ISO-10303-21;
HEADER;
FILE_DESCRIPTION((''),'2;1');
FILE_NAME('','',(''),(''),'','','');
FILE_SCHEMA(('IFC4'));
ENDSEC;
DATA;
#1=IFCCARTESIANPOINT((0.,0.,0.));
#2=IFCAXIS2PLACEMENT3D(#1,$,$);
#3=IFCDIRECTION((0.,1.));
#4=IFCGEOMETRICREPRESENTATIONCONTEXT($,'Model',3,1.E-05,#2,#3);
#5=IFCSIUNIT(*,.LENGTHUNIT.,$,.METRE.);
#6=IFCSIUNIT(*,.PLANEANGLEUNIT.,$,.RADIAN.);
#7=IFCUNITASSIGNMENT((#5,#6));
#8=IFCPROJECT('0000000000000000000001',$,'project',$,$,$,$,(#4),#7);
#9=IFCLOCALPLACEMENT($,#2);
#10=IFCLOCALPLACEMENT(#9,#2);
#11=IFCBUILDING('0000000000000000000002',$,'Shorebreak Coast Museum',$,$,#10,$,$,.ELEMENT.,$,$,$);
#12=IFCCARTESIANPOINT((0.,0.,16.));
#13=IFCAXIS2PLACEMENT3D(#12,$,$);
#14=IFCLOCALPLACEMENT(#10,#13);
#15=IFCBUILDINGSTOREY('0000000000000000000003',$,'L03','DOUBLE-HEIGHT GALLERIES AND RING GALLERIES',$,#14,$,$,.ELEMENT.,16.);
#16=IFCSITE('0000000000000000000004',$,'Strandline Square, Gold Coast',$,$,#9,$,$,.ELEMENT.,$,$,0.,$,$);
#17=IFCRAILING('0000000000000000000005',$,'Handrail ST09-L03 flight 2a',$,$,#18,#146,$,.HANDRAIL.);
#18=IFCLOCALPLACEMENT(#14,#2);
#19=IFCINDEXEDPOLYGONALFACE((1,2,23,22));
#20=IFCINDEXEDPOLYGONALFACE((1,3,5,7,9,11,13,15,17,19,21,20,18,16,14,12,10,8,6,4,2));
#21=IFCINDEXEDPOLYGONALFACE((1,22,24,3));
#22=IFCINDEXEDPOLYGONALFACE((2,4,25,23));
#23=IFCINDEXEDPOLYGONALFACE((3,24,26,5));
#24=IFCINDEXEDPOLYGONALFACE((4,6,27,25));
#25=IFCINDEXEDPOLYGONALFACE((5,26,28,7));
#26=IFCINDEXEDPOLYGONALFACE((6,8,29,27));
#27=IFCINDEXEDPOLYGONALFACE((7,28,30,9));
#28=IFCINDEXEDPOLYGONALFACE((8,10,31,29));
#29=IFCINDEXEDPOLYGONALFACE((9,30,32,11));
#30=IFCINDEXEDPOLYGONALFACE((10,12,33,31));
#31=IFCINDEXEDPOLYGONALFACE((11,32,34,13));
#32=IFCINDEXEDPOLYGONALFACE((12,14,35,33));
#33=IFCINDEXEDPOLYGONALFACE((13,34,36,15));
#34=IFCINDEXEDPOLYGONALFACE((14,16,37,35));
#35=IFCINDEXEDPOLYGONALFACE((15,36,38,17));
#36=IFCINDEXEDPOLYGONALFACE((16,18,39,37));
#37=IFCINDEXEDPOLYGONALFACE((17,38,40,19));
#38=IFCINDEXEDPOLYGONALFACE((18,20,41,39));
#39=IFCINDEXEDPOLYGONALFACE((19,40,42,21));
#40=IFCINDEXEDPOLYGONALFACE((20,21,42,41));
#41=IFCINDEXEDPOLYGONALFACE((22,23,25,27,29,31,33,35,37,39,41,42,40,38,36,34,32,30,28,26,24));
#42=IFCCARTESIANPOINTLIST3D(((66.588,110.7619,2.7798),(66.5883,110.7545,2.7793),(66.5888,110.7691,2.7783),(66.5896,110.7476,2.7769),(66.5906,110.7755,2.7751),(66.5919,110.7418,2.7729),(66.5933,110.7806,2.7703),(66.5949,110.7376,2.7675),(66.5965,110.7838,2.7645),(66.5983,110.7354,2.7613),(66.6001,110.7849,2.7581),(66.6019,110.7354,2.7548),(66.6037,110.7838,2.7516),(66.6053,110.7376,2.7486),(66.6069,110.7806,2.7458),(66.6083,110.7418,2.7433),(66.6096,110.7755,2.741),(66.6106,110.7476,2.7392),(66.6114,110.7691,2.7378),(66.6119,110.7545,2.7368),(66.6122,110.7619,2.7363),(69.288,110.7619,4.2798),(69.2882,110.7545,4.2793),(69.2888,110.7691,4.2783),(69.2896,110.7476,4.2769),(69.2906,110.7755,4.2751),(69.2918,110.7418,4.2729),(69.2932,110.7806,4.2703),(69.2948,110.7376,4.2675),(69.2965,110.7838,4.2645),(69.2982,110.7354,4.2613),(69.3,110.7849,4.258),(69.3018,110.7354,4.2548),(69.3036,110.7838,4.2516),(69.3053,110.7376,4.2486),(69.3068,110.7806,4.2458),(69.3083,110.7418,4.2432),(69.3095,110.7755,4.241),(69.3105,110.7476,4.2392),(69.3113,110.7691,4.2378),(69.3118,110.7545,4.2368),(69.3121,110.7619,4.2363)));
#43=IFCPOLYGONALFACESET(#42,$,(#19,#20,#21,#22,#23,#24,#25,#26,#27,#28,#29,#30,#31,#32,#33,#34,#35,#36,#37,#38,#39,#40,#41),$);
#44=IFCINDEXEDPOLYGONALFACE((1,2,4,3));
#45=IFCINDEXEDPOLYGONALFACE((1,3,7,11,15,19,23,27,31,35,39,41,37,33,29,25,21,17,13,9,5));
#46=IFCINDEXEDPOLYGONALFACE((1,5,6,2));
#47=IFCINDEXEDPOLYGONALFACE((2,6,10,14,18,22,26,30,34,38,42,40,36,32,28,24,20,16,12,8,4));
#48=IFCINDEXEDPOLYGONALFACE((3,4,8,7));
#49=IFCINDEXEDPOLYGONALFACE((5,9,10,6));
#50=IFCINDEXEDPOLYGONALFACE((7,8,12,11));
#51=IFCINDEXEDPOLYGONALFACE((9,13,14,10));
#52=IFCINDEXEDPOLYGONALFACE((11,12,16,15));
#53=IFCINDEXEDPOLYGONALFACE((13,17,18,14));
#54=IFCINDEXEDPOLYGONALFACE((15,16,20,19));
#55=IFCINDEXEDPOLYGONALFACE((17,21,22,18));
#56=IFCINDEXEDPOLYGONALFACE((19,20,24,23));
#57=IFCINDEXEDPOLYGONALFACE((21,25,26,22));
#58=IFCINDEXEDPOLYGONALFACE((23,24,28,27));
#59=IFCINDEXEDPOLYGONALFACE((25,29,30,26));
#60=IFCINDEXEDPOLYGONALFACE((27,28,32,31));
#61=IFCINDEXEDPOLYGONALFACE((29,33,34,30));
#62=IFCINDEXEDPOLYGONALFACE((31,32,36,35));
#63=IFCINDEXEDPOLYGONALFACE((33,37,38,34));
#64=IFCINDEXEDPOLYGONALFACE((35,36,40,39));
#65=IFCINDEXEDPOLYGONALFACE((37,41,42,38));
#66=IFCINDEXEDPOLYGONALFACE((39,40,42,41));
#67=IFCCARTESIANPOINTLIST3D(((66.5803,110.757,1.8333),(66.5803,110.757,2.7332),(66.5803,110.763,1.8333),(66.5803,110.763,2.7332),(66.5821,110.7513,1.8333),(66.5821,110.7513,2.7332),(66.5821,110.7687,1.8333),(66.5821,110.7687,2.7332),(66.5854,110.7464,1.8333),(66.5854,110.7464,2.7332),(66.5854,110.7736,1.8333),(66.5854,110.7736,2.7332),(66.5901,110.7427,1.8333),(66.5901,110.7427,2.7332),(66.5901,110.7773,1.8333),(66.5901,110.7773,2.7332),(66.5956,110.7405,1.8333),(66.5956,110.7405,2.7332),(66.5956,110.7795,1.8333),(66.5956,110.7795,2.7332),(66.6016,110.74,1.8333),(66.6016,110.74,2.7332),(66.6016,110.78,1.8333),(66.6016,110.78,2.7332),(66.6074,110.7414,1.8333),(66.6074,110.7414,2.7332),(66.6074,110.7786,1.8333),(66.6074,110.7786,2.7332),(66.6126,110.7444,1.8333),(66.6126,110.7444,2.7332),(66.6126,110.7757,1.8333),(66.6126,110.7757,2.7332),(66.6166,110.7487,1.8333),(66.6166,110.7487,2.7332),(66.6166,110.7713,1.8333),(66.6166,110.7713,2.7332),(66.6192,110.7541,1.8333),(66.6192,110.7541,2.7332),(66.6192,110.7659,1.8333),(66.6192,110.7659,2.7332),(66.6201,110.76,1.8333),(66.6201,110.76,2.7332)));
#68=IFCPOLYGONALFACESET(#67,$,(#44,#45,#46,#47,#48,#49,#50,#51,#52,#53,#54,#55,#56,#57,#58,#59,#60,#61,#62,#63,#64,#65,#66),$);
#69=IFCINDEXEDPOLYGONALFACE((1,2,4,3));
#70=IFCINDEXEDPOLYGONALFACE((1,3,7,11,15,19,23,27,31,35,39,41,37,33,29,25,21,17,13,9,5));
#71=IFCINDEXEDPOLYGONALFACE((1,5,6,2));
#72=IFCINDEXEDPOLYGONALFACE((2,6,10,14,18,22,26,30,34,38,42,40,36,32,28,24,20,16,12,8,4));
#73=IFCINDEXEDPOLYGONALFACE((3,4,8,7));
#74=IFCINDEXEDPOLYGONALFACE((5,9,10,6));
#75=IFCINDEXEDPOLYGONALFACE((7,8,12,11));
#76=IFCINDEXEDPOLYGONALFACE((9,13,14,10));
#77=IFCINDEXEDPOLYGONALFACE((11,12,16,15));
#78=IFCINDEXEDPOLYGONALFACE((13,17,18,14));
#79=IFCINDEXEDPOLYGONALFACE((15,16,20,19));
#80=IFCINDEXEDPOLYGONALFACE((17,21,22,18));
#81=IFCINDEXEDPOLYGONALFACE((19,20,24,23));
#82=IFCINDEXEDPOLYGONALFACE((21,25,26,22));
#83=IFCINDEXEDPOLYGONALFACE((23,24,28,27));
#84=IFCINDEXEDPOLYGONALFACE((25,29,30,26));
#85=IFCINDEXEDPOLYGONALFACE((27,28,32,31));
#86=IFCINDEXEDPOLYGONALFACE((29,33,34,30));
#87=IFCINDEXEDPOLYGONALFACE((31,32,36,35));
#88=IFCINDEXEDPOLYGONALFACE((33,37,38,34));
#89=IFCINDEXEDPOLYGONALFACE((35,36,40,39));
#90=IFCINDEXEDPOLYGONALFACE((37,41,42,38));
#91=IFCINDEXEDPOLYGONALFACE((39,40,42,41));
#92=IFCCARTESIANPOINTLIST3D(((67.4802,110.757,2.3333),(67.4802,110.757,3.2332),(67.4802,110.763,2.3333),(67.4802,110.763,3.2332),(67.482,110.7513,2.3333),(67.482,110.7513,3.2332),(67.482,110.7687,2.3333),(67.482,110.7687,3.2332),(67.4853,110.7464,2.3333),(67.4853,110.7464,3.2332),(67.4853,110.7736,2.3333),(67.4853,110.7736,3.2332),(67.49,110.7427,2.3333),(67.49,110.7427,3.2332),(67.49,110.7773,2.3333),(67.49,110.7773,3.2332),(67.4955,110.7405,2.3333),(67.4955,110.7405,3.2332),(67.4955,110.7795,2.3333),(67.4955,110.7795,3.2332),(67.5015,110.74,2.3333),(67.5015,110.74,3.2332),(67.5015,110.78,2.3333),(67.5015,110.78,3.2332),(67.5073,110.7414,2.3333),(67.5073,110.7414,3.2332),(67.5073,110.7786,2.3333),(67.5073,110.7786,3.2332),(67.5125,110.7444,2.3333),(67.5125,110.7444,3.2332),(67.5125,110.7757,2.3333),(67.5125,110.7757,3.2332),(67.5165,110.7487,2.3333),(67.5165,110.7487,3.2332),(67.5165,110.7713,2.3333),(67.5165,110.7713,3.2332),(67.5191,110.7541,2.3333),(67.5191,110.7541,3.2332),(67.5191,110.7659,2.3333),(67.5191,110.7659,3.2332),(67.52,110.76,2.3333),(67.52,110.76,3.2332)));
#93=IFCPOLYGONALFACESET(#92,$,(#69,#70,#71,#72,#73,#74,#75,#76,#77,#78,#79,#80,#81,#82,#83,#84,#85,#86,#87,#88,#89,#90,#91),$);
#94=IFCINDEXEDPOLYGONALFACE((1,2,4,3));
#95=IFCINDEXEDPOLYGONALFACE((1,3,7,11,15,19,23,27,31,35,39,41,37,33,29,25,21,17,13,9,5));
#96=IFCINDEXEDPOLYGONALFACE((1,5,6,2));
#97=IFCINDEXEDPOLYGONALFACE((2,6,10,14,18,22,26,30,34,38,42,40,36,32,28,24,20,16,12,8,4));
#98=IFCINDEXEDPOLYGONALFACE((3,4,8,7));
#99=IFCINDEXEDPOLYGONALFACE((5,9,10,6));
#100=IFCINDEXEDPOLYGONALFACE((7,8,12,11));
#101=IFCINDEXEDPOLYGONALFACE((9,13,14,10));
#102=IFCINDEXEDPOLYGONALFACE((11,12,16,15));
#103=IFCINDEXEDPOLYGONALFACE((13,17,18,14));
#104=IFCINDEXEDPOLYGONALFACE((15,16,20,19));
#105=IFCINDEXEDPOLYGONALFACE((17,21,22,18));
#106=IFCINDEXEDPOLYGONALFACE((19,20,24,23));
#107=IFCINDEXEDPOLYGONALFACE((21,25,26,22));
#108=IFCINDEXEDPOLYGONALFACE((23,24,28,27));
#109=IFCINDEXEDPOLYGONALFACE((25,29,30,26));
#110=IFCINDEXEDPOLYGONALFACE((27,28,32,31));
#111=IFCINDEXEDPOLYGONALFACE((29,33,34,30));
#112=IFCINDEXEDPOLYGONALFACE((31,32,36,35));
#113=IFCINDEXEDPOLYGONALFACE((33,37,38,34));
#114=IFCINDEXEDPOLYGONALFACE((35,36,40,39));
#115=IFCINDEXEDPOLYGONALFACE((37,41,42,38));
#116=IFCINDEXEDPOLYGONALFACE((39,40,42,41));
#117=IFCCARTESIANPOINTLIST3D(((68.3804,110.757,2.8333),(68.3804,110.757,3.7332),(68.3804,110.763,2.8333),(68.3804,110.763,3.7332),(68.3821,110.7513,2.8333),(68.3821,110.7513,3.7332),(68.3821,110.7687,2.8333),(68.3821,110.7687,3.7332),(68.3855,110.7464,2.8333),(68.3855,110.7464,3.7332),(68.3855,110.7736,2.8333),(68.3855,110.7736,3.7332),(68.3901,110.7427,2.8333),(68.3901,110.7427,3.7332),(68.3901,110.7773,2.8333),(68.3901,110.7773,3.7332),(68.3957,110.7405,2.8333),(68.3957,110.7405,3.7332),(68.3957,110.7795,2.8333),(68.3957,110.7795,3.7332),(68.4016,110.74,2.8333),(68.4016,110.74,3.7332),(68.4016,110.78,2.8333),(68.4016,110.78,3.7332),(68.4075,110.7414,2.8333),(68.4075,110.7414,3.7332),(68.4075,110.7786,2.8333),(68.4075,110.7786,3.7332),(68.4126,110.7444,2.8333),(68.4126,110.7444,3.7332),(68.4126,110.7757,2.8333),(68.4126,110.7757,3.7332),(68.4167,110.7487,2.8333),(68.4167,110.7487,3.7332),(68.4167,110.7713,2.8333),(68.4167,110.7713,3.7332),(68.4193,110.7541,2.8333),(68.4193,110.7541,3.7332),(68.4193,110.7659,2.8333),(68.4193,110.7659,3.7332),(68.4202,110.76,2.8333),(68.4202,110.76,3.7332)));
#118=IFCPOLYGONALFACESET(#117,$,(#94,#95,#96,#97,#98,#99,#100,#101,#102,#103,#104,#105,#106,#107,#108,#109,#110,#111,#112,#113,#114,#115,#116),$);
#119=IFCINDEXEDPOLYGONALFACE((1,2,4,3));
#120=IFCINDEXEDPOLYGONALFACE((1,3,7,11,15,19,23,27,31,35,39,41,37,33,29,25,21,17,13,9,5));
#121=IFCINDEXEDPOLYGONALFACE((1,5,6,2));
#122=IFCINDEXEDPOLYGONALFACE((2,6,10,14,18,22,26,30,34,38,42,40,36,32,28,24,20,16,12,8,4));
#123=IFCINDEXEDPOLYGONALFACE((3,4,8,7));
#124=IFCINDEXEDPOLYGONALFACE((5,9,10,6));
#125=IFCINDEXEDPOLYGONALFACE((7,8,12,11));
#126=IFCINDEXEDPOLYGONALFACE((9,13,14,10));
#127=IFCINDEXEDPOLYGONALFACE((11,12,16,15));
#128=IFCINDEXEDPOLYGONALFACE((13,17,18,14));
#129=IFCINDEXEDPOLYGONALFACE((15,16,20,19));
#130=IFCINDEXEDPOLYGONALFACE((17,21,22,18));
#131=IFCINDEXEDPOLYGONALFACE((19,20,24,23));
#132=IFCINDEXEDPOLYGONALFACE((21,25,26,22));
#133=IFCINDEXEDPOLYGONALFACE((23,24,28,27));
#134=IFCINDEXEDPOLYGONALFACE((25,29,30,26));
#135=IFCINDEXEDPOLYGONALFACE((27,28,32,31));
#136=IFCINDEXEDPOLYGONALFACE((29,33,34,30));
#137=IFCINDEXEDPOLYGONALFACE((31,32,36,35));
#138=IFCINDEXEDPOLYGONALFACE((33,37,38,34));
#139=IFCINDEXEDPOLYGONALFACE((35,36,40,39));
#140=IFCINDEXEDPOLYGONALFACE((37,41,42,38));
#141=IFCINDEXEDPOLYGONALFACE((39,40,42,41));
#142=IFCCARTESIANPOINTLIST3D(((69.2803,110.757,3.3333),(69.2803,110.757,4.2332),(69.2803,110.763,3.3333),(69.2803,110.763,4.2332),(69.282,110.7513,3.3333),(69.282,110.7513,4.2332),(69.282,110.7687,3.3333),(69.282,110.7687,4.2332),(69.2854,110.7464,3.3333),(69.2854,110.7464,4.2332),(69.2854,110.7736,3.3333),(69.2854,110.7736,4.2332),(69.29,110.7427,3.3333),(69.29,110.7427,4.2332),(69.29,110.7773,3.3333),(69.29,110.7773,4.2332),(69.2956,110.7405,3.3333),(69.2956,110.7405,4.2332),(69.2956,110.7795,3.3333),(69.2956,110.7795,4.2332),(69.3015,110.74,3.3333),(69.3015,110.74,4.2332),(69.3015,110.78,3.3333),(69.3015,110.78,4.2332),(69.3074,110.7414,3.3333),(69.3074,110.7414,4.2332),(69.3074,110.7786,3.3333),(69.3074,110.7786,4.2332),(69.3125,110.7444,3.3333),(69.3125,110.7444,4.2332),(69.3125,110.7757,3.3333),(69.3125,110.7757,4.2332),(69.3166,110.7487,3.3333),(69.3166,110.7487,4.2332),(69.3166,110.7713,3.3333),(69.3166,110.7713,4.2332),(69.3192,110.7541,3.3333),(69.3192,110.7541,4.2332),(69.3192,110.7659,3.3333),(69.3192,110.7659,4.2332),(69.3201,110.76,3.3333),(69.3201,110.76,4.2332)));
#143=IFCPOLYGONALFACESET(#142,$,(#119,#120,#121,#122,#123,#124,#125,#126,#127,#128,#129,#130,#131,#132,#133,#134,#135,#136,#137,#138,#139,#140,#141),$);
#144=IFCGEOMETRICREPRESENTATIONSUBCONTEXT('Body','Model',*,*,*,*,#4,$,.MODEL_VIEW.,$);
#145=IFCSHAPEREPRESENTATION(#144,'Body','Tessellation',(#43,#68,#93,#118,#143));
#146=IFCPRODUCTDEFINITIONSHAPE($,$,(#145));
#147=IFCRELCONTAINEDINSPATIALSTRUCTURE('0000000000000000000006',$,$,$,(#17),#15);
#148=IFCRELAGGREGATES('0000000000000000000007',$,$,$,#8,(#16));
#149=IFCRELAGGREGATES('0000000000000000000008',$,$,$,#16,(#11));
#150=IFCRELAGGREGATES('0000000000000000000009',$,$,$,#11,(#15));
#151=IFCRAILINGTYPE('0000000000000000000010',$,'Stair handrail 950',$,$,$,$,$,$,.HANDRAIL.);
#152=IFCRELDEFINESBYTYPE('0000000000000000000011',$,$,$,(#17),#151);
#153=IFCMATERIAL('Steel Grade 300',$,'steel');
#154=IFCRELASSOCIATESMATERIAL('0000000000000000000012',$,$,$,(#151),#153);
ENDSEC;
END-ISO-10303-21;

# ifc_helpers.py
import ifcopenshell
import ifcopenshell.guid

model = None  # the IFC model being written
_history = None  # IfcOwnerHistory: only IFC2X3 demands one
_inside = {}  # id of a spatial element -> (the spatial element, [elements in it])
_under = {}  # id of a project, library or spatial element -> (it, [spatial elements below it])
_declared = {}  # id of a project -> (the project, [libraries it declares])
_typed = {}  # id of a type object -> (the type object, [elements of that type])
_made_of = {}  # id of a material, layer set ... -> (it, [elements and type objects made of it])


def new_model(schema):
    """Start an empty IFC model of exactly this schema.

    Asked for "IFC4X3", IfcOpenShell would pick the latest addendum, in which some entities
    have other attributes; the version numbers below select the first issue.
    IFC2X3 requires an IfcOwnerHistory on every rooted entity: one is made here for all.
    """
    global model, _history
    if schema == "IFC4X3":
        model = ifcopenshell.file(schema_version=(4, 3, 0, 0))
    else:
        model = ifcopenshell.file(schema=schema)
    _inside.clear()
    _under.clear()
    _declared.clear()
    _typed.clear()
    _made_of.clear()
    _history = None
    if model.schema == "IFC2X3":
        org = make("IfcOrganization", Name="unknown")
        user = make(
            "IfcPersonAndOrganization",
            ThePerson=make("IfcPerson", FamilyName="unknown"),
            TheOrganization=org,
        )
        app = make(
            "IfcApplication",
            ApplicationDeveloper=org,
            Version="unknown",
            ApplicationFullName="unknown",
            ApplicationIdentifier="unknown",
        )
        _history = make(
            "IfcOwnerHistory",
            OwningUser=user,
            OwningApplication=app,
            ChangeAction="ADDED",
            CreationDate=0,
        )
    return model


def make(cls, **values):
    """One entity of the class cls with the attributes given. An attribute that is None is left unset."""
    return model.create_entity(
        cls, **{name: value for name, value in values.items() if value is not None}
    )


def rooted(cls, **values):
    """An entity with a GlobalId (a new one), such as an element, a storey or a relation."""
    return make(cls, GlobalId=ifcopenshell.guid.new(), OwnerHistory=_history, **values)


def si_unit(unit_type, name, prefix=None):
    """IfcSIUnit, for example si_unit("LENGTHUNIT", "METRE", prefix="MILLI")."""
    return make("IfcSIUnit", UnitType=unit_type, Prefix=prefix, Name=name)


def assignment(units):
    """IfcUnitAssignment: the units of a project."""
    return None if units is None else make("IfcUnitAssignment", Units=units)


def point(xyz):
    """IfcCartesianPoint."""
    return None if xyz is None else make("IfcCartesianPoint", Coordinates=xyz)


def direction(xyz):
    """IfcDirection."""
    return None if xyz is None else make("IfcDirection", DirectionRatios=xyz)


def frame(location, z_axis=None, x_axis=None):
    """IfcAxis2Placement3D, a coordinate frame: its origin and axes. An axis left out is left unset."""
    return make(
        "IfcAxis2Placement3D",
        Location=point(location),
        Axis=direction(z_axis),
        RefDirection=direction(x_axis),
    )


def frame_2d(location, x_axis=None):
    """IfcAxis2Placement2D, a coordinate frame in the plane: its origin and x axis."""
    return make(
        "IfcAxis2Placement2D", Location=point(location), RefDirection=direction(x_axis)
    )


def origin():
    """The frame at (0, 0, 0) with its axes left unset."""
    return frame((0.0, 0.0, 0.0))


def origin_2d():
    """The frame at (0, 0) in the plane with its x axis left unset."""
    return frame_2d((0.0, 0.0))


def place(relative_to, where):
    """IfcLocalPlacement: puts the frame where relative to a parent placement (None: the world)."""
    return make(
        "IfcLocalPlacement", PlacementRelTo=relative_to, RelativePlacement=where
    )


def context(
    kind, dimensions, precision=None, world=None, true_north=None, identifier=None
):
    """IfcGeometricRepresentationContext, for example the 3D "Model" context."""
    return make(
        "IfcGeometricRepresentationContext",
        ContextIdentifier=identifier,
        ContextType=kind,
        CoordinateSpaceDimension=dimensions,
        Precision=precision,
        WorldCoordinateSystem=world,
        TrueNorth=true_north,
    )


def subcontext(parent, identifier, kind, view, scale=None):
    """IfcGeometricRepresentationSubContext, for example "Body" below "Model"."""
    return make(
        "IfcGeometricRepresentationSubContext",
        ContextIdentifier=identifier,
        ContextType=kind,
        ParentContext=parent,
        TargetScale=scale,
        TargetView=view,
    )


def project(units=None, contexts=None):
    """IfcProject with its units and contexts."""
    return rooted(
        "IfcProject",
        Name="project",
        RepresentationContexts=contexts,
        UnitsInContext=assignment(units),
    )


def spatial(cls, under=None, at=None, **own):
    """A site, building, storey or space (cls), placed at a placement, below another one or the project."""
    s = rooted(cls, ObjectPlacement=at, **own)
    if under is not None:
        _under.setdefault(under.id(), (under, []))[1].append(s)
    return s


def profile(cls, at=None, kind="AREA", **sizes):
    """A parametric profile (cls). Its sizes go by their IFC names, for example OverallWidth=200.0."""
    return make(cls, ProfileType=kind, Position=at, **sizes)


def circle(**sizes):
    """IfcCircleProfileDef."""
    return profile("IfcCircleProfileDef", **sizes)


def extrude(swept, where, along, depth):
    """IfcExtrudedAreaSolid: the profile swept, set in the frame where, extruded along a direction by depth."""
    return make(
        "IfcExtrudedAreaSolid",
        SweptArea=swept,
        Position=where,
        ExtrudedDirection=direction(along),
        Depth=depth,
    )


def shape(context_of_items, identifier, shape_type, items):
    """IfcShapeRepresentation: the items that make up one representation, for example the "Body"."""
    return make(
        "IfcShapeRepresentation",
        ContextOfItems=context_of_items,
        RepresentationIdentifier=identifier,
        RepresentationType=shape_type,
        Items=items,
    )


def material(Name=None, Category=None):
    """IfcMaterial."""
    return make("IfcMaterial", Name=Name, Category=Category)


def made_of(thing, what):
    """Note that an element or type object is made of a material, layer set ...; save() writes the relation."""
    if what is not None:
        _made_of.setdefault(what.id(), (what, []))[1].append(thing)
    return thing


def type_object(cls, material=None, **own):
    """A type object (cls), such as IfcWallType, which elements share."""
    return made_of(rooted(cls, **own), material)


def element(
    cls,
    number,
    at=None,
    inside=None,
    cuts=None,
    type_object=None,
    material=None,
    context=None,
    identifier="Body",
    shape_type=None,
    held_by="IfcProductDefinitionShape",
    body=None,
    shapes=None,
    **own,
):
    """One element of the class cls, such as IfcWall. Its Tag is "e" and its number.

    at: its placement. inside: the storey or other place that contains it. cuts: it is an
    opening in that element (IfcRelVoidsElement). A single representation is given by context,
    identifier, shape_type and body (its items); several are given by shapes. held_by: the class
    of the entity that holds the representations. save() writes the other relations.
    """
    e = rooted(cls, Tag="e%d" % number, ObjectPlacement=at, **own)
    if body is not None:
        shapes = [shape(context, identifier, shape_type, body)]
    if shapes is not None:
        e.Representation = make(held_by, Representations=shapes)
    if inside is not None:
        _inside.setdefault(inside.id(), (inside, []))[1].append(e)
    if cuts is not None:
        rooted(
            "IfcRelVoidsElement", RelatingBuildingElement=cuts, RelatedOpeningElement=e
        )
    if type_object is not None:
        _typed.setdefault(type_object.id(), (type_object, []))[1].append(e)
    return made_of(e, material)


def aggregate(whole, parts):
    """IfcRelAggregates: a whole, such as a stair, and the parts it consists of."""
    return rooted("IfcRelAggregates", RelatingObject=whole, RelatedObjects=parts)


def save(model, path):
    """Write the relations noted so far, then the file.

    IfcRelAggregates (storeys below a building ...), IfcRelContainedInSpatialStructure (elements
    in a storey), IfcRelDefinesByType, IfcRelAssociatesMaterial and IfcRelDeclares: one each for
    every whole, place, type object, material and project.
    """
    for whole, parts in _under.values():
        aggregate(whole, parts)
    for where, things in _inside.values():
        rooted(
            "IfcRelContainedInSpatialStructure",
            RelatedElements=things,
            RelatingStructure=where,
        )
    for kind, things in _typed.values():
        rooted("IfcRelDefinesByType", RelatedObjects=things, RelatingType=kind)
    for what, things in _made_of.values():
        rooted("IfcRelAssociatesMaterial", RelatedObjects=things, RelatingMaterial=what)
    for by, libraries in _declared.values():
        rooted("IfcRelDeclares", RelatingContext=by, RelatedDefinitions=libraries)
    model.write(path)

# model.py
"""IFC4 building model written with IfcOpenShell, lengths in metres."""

from ifc_helpers import new_model, si_unit, direction, frame, origin, origin_2d, place, context, subcontext, project, spatial, circle, extrude, material, type_object, element, save


model = new_model("IFC4")

# Units and contexts
model_context = context("Model", 3, precision=1e-05, world=origin(), true_north=direction((0.0, 1.0)))
body_context = subcontext(model_context, "Body", "Model", "MODEL_VIEW")
ifc_project = project(units=[si_unit("LENGTHUNIT", "METRE"), si_unit("PLANEANGLEUNIT", "RADIAN")], contexts=[model_context])

# Site, building, storey
site_placement = place(None, origin())
site = spatial("IfcSite", under=ifc_project, at=site_placement, Name="Strandline Square, Gold Coast", CompositionType="ELEMENT", RefElevation=0.0)
building_placement = place(site_placement, origin())
building = spatial("IfcBuilding", under=site, at=building_placement, Name="Shorebreak Coast Museum", CompositionType="ELEMENT")
storey_placement = place(building_placement, frame((0.0, 0.0, 16.0)))
storey = spatial("IfcBuildingStorey", under=building, at=storey_placement, Name="L03", Description="DOUBLE-HEIGHT GALLERIES AND RING GALLERIES", CompositionType="ELEMENT", Elevation=16.0)

# Railing
ifc_material_1 = material(Name="Steel Grade 300", Category="steel")
railing_type_1 = type_object("IfcRailingType", Name="Stair handrail 950", PredefinedType="HANDRAIL", material=ifc_material_1)
for number, where, name in (
    (1, (66.6001, 110.76, 1.8333), "Handrail ST09-L03 flight 2a"),
):
    element("IfcRailing", number, at=place(storey_placement, frame(where)), inside=storey, type_object=railing_type_1, Name=name, PredefinedType="HANDRAIL", context=body_context, shape_type="SweptSolid", body=[
        extrude(circle(Radius=0.0249, at=origin_2d()), frame((0.0, 0.0, 0.9248), z_axis=(0.874154, 0.0, 0.48565), x_axis=(0.0, 1.0, 0.0)), (0.0, 0.0, 1.0), 3.0886),
        extrude(circle(Radius=0.02, at=origin_2d()), origin(), (0.0, 0.0, 1.0), 0.8999),
        extrude(circle(Radius=0.02, at=origin_2d()), frame((0.8999, 0.0, 0.5)), (0.0, 0.0, 1.0), 0.8999),
        extrude(circle(Radius=0.02, at=origin_2d()), frame((1.8, 0.0, 1.0)), (0.0, 0.0, 1.0), 0.8999),
        extrude(circle(Radius=0.02, at=origin_2d()), frame((2.7, 0.0, 1.5)), (0.0, 0.0, 1.0), 0.8999),
    ])

save(model, "model.ifc")
